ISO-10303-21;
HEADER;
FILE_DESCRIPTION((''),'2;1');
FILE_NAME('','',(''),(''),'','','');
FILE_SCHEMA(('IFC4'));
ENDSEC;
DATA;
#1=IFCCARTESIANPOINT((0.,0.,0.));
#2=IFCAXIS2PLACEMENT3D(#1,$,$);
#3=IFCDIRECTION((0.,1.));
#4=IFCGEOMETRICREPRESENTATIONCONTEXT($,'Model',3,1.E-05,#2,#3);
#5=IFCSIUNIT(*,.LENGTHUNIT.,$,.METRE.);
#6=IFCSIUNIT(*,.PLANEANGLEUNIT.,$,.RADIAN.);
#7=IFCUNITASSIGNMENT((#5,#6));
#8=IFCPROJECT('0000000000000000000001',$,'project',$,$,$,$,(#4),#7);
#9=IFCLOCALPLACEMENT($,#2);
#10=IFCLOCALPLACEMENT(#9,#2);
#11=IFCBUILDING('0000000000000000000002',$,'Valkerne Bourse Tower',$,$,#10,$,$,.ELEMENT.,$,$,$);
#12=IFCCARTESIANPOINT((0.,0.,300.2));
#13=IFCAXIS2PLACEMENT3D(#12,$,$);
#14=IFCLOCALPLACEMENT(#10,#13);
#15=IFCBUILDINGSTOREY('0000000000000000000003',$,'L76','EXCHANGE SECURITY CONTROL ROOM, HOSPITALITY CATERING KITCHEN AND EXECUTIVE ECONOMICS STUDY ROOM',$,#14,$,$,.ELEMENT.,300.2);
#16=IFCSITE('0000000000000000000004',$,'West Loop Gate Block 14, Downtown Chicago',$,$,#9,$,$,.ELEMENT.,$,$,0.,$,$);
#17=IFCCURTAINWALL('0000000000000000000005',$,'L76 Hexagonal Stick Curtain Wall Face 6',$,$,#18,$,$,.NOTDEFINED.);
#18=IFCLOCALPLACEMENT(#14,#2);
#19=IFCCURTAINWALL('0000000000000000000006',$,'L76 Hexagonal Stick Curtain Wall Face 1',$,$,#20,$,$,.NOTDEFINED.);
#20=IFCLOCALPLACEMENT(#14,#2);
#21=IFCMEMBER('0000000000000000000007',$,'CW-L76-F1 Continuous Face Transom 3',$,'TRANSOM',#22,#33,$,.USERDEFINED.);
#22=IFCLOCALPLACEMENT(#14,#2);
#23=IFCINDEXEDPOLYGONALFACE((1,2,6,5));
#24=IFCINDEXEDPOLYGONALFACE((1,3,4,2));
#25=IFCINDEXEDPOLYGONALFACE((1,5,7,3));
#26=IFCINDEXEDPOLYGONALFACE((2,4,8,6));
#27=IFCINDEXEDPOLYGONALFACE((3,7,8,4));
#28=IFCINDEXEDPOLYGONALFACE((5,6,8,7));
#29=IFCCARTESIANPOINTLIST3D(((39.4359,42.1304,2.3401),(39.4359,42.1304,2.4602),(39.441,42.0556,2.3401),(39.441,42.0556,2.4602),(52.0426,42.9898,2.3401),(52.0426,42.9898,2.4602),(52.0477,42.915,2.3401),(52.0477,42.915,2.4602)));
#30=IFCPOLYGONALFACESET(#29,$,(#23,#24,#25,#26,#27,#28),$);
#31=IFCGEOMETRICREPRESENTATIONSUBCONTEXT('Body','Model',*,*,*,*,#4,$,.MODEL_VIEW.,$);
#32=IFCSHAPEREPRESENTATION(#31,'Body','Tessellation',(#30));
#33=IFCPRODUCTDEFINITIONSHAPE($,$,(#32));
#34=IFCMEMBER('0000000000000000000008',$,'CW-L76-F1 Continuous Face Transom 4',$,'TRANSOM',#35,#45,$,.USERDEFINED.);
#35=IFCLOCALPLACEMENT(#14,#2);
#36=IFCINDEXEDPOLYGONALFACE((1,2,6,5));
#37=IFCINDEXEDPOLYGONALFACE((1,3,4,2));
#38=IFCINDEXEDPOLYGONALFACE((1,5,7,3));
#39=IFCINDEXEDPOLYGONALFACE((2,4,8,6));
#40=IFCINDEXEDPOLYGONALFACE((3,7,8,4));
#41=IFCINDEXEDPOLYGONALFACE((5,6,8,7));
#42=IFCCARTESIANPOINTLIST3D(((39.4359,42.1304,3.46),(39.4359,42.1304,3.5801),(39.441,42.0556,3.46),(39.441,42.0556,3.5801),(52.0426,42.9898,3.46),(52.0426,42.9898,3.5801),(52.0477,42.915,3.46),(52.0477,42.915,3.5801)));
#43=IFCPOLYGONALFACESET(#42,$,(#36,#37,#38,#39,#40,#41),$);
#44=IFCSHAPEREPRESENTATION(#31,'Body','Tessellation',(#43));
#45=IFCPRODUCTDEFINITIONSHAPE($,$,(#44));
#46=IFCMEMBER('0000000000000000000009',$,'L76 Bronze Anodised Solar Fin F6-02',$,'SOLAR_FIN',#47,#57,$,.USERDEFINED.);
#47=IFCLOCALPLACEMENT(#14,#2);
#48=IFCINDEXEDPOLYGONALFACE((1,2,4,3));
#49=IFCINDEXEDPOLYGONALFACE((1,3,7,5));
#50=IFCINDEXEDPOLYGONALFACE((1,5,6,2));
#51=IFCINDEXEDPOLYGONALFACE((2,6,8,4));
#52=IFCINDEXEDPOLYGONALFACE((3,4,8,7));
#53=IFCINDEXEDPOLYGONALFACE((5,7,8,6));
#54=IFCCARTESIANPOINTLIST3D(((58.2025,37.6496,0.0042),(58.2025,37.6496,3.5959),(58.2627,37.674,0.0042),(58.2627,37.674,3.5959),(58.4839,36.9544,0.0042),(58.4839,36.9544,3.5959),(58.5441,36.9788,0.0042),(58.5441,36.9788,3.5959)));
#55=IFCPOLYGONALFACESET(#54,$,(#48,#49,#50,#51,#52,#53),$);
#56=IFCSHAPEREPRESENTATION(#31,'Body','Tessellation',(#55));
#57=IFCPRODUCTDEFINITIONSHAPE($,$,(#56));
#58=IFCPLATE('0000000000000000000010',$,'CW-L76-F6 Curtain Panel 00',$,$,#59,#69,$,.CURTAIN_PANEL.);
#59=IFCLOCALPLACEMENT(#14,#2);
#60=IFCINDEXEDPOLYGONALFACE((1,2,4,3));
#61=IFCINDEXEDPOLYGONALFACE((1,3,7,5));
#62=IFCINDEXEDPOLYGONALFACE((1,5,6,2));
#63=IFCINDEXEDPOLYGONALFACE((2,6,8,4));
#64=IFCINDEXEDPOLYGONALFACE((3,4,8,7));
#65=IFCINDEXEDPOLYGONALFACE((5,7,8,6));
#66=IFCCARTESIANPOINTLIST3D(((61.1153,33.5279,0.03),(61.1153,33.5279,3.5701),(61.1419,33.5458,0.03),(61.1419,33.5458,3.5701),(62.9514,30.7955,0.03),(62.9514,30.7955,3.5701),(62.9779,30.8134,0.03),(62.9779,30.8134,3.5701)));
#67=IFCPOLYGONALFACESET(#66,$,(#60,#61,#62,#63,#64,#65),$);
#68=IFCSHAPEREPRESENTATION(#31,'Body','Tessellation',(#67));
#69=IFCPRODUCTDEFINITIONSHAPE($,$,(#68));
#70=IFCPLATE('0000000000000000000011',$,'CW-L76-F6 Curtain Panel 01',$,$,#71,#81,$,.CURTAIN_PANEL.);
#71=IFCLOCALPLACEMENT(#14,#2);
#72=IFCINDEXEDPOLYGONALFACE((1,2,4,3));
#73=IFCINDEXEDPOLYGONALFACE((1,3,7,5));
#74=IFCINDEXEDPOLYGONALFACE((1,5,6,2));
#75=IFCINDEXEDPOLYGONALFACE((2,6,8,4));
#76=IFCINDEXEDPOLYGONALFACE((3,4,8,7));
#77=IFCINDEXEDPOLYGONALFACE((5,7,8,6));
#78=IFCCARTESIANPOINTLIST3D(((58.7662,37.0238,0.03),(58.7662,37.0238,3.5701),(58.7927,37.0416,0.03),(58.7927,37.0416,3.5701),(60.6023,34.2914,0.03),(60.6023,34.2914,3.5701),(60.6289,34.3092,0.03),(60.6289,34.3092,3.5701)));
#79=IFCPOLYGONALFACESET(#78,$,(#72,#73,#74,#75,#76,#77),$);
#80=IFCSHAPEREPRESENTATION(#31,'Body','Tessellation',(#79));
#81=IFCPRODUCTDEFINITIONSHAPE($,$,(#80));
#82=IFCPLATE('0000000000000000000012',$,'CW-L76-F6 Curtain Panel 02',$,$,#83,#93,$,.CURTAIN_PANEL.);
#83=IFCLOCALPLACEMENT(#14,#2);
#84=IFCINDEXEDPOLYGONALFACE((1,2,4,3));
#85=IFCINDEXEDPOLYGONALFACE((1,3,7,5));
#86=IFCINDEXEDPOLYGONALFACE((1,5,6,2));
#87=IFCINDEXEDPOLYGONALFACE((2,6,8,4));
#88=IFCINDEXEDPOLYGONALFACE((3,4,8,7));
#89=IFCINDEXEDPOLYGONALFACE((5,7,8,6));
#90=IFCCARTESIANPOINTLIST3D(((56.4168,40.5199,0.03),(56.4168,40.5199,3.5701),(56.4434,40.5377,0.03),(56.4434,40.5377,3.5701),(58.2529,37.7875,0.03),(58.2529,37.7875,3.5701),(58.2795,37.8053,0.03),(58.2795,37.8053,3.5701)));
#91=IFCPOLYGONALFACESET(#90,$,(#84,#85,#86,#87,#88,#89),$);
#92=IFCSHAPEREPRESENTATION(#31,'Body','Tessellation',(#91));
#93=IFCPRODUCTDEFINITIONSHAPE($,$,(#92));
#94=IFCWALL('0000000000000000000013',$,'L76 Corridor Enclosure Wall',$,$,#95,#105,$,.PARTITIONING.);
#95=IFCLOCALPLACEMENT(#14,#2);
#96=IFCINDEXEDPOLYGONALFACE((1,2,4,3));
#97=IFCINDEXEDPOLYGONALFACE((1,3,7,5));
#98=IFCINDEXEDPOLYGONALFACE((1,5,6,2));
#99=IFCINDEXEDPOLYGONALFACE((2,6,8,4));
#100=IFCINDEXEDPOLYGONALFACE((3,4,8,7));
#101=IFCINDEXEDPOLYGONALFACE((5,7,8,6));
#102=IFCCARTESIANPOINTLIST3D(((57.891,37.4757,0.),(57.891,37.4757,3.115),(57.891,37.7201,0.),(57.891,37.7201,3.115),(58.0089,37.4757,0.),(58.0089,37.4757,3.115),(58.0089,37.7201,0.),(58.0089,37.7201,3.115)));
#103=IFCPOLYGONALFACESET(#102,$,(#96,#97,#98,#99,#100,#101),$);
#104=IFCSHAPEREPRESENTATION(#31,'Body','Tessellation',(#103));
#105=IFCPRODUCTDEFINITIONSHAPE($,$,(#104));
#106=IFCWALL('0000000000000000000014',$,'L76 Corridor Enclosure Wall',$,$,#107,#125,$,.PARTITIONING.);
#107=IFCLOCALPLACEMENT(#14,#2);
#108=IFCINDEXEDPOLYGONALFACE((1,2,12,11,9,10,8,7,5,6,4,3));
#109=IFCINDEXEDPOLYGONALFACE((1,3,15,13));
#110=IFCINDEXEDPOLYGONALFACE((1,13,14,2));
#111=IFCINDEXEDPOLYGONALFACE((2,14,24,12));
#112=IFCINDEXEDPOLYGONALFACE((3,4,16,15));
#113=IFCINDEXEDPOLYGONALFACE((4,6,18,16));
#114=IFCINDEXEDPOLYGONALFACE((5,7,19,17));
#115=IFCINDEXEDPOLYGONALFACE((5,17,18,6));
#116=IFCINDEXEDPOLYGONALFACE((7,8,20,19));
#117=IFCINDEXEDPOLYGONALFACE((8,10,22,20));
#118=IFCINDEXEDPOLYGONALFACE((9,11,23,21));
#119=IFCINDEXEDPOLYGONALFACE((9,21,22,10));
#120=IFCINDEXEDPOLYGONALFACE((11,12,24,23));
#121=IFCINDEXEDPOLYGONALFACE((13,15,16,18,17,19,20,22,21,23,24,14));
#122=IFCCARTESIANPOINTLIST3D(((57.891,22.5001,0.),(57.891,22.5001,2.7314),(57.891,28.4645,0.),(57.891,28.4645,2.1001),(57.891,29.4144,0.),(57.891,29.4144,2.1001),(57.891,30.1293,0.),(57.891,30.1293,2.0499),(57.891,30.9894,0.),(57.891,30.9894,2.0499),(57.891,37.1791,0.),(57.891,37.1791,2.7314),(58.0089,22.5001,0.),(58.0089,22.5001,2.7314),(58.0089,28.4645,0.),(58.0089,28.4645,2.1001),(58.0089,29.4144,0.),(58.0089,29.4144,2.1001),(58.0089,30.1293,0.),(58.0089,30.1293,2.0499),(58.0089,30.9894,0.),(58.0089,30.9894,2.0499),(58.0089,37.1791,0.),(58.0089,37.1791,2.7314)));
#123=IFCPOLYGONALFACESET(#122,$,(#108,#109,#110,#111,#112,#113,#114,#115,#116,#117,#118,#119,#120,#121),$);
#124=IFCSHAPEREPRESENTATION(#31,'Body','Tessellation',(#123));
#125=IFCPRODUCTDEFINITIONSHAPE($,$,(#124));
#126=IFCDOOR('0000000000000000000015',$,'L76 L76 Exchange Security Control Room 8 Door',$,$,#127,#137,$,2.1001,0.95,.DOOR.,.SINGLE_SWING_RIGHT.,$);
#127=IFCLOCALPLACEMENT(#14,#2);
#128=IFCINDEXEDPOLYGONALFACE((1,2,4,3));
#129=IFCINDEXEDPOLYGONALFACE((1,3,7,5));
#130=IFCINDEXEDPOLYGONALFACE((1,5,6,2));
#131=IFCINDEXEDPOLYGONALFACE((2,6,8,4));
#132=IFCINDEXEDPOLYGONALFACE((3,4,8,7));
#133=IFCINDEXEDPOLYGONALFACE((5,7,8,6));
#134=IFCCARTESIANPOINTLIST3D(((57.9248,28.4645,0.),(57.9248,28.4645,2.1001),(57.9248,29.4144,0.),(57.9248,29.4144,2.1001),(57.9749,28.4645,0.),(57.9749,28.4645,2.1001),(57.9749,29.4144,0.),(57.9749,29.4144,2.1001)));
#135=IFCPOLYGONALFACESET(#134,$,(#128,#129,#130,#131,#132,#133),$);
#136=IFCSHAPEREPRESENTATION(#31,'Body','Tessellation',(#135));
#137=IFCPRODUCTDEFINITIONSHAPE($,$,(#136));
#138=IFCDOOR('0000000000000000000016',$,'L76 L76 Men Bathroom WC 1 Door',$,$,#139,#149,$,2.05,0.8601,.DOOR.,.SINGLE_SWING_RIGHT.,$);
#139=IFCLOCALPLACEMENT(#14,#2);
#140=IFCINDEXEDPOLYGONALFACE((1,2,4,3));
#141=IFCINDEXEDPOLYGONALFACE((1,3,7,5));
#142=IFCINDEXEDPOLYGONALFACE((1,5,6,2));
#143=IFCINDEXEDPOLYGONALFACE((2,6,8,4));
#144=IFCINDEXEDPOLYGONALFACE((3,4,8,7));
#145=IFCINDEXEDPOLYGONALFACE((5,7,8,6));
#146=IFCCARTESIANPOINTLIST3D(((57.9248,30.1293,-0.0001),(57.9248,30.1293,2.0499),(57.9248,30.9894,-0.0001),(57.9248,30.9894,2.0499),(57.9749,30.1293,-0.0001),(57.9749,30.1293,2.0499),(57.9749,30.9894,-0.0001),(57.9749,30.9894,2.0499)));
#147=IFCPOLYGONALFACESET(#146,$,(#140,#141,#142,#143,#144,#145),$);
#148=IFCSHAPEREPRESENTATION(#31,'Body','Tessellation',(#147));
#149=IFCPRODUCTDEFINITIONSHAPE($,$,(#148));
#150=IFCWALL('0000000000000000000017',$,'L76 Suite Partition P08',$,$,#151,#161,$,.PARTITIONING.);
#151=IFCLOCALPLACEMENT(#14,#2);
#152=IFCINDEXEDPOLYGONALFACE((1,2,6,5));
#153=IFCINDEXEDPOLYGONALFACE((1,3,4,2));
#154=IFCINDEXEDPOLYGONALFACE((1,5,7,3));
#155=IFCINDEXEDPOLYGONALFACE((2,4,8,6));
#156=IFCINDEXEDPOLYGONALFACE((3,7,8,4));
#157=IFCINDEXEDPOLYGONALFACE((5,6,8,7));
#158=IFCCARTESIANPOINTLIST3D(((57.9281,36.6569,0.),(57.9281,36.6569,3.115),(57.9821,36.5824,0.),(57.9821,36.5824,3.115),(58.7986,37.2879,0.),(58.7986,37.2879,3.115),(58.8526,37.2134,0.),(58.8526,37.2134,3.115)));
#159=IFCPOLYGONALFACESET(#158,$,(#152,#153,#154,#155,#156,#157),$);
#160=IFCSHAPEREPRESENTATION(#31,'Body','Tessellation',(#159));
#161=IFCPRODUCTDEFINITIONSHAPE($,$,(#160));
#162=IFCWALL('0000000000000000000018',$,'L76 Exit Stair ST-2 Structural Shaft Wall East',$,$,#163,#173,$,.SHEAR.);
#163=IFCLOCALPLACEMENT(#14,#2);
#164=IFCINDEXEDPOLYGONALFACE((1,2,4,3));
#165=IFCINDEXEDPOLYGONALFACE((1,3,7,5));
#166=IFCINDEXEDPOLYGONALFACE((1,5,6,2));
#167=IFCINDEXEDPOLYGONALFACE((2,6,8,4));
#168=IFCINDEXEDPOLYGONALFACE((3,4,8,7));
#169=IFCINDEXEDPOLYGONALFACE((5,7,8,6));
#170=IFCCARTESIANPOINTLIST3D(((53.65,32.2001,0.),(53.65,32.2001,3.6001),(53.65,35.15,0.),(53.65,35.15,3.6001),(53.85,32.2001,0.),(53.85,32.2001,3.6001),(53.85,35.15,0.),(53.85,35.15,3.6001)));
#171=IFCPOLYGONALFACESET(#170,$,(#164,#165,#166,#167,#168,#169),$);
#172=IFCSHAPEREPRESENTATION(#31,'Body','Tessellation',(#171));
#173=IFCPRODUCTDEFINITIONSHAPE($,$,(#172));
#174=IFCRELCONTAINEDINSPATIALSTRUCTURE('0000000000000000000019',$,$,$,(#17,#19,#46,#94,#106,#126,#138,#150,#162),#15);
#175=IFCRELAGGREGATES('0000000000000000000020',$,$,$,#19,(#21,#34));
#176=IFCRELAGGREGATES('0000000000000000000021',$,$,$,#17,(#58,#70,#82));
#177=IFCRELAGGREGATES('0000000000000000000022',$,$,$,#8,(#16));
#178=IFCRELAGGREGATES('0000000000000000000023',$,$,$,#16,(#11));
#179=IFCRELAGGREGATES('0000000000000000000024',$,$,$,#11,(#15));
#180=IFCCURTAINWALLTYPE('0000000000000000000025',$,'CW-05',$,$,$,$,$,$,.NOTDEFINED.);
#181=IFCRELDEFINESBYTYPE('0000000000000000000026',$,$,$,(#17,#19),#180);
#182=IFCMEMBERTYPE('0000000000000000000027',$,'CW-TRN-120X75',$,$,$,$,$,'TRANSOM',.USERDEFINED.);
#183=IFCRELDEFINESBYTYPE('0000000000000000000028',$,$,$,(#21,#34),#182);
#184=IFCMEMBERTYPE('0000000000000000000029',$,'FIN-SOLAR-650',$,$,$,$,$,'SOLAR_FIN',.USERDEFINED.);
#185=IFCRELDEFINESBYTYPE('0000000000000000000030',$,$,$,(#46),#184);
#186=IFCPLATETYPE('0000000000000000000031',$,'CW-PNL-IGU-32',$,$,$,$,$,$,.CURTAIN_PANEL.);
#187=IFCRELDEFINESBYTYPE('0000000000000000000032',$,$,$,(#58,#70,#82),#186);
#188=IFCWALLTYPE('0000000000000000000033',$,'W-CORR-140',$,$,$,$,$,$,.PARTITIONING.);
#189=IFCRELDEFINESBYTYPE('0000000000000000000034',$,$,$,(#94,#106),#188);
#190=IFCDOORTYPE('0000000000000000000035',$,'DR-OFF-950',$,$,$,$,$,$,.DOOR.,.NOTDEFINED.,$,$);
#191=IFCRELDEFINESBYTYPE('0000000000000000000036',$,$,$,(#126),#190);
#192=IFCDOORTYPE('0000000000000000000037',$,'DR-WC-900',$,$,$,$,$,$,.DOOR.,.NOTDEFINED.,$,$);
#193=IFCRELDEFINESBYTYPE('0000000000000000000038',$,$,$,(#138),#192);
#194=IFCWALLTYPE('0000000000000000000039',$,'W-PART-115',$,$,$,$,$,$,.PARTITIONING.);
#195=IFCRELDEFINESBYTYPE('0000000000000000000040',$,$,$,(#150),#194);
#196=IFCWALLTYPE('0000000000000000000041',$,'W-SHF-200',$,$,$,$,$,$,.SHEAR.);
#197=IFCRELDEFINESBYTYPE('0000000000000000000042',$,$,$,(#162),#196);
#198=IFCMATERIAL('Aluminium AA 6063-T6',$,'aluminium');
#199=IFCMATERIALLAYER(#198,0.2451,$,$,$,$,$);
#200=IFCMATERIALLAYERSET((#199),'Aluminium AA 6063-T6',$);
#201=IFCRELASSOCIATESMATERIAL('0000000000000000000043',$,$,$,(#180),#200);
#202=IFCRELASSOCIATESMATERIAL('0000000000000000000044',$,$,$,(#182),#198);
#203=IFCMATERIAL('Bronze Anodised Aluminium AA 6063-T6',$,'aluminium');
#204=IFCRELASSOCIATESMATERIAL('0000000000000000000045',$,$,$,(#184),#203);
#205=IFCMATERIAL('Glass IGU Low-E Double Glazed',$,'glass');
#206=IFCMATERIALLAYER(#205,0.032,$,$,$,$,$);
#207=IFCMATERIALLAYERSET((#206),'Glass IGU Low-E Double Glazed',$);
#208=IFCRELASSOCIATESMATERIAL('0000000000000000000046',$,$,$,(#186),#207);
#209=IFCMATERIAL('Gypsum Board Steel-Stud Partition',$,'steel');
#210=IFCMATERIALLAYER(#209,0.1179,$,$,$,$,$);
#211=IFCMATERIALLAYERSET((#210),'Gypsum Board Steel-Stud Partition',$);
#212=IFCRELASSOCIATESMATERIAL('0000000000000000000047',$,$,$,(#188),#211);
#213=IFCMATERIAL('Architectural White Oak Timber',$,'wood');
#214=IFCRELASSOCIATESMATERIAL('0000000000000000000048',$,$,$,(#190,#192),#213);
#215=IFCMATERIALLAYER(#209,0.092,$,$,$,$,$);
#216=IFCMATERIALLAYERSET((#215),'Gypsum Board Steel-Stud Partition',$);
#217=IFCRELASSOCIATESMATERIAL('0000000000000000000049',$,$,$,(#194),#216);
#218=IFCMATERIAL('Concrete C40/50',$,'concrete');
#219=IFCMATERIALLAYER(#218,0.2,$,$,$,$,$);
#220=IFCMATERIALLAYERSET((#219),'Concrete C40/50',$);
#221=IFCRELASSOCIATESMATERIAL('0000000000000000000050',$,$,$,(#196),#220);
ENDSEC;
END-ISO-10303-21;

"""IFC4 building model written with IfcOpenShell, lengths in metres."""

from ifc_helpers import new_model, si_unit, direction, frame, frame_2d, origin, origin_2d, place, context, subcontext, project, spatial, rectangle, extrude, material, layer, layer_set, material_profile, profile_set, type_object, element, fill, aggregate, save


model = new_model("IFC4")

# Units and contexts
model_context = context("Model", 3, precision=1e-05, world=origin(), true_north=direction((0.0, 1.0)))
body_context = subcontext(model_context, "Body", "Model", "MODEL_VIEW")
ifc_project = project(units=[si_unit("LENGTHUNIT", "METRE"), si_unit("PLANEANGLEUNIT", "RADIAN")], contexts=[model_context])

# Site, building, storey
site_placement = place(None, origin())
site = spatial("IfcSite", under=ifc_project, at=site_placement, Name="West Loop Gate Block 14, Downtown Chicago", CompositionType="ELEMENT", RefElevation=0.0)
building_placement = place(site_placement, origin())
building = spatial("IfcBuilding", under=site, at=building_placement, Name="Valkerne Bourse Tower", CompositionType="ELEMENT")
storey_placement = place(building_placement, frame((0.0, 0.0, 300.2)))
storey = spatial("IfcBuildingStorey", under=building, at=storey_placement, Name="L76", Description="EXCHANGE SECURITY CONTROL ROOM, HOSPITALITY CATERING KITCHEN AND EXECUTIVE ECONOMICS STUDY ROOM", CompositionType="ELEMENT", Elevation=300.2)

# Curtain walls, members
ifc_material_1 = material(Name="Aluminium AA 6063-T6", Category="aluminium")
ifc_layer_1 = layer(ifc_material_1, 0.2451)
ifc_layer_set_1 = layer_set([ifc_layer_1], Name="Aluminium AA 6063-T6")
curtain_wall_type = type_object("IfcCurtainWallType", Name="CW-05", PredefinedType="NOTDEFINED", material=ifc_layer_set_1)
curtain_wall_1_placement = place(storey_placement, origin())
curtain_wall_1 = element("IfcCurtainWall", 1, at=curtain_wall_1_placement, inside=storey, type_object=curtain_wall_type, Name="L76 Hexagonal Stick Curtain Wall Face 6", PredefinedType="NOTDEFINED")
curtain_wall_2_placement = place(storey_placement, origin())
curtain_wall_2 = element("IfcCurtainWall", 2, at=curtain_wall_2_placement, inside=storey, type_object=curtain_wall_type, Name="L76 Hexagonal Stick Curtain Wall Face 1", PredefinedType="NOTDEFINED")
ifc_material_profile_1 = material_profile(ifc_material_1, rectangle(XDim=0.075, YDim=0.1201, at=origin_2d()), Name="CWT-75X120")
ifc_profile_set_1 = profile_set([ifc_material_profile_1], Name="Aluminium AA 6063-T6")
member_type_1 = type_object("IfcMemberType", Name="CW-TRN-120X75", ElementType="TRANSOM", PredefinedType="USERDEFINED", material=ifc_profile_set_1)
member_1_placement = place(storey_placement, frame((52.0452, 42.9524, 2.4001), z_axis=(-0.997685, -0.06801, 0.0), x_axis=(0.06801, -0.997685, 0.0)))
member_1 = element("IfcMember", 3, at=member_1_placement, type_object=member_type_1, Name="CW-L76-F1 Continuous Face Transom 3", ObjectType="TRANSOM", PredefinedType="USERDEFINED", context=body_context, shape_type="SweptSolid", body=[
    extrude(rectangle(XDim=0.075, YDim=0.1201, at=origin_2d()), origin(), (0.0, 0.0, 1.0), 12.636),
])
member_2_placement = place(storey_placement, frame((52.0452, 42.9524, 3.52), z_axis=(-0.997685, -0.06801, 0.0), x_axis=(0.06801, -0.997685, 0.0)))
member_2 = element("IfcMember", 4, at=member_2_placement, type_object=member_type_1, Name="CW-L76-F1 Continuous Face Transom 4", ObjectType="TRANSOM", PredefinedType="USERDEFINED", context=body_context, shape_type="SweptSolid", body=[
    extrude(rectangle(XDim=0.075, YDim=0.1201, at=origin_2d()), origin(), (0.0, 0.0, 1.0), 12.636),
])
aggregate(curtain_wall_2, [member_1, member_2])

# Member
ifc_material_2 = material(Name="Bronze Anodised Aluminium AA 6063-T6", Category="aluminium")
ifc_material_profile_2 = material_profile(ifc_material_2, rectangle(XDim=0.0649, YDim=0.75, at=origin_2d()), Name="FIN-65X750")
ifc_profile_set_2 = profile_set([ifc_material_profile_2], Name="Bronze Anodised Aluminium AA 6063-T6")
member_type_2 = type_object("IfcMemberType", Name="FIN-SOLAR-650", ElementType="SOLAR_FIN", PredefinedType="USERDEFINED", material=ifc_profile_set_2)
member_3_placement = place(storey_placement, frame((58.3733, 37.3142, 0.0042), z_axis=(0.0, 0.0, 1.0), x_axis=(0.926921, 0.375256, 0.0)))
element("IfcMember", 5, at=member_3_placement, inside=storey, type_object=member_type_2, Name="L76 Bronze Anodised Solar Fin F6-02", ObjectType="SOLAR_FIN", PredefinedType="USERDEFINED", context=body_context, shape_type="SweptSolid", body=[
    extrude(rectangle(XDim=0.0649, YDim=0.75, at=origin_2d()), origin(), (0.0, 0.0, 1.0), 3.5918),
])

# Plates
ifc_material_3 = material(Name="Glass IGU Low-E Double Glazed", Category="glass")
ifc_layer_2 = layer(ifc_material_3, 0.032)
ifc_layer_set_2 = layer_set([ifc_layer_2], Name="Glass IGU Low-E Double Glazed")
plate_type = type_object("IfcPlateType", Name="CW-PNL-IGU-32", PredefinedType="CURTAIN_PANEL", material=ifc_layer_set_2)
plate_1_placement = place(storey_placement, frame((62.0466, 32.1707, 0.03), z_axis=(0.0, 0.0, 1.0), x_axis=(-0.557743, 0.830014, 0.0)))
plate_1 = element("IfcPlate", 6, at=plate_1_placement, type_object=plate_type, Name="CW-L76-F6 Curtain Panel 00", PredefinedType="CURTAIN_PANEL", context=body_context, shape_type="SweptSolid", body=[
    extrude(rectangle(XDim=3.292, YDim=0.032, at=origin_2d()), origin(), (0.0, 0.0, 1.0), 3.54),
])
plate_2_placement = place(storey_placement, frame((59.6975, 35.6665, 0.03), z_axis=(0.0, 0.0, 1.0), x_axis=(-0.557759, 0.830003, 0.0)))
plate_2 = element("IfcPlate", 7, at=plate_2_placement, type_object=plate_type, Name="CW-L76-F6 Curtain Panel 01", PredefinedType="CURTAIN_PANEL", context=body_context, shape_type="SweptSolid", body=[
    extrude(rectangle(XDim=3.292, YDim=0.032, at=origin_2d()), origin(), (0.0, 0.0, 1.0), 3.54),
])
plate_3_placement = place(storey_placement, frame((57.3481, 39.1626, 0.03), z_axis=(0.0, 0.0, 1.0), x_axis=(-0.557743, 0.830014, 0.0)))
plate_3 = element("IfcPlate", 8, at=plate_3_placement, type_object=plate_type, Name="CW-L76-F6 Curtain Panel 02", PredefinedType="CURTAIN_PANEL", context=body_context, shape_type="SweptSolid", body=[
    extrude(rectangle(XDim=3.292, YDim=0.032, at=origin_2d()), origin(), (0.0, 0.0, 1.0), 3.54),
])
aggregate(curtain_wall_1, [plate_1, plate_2, plate_3])

# Wall
ifc_material_4 = material(Name="Gypsum Board Steel-Stud Partition", Category="steel")
ifc_layer_3 = layer(ifc_material_4, 0.1179)
ifc_layer_set_3 = layer_set([ifc_layer_3], Name="Gypsum Board Steel-Stud Partition")
wall_type_1 = type_object("IfcWallType", Name="W-CORR-140", PredefinedType="PARTITIONING", material=ifc_layer_set_3)
wall_1_placement = place(storey_placement, frame((57.95, 37.72, 0.0), z_axis=(0.0, 0.0, 1.0), x_axis=(0.0, -1.0, 0.0)))
element("IfcWall", 9, at=wall_1_placement, inside=storey, type_object=wall_type_1, Name="L76 Corridor Enclosure Wall", PredefinedType="PARTITIONING", context=body_context, shape_type="SweptSolid", body=[
    extrude(rectangle(XDim=0.2444, YDim=0.1179, at=frame_2d((0.1221, 0.0))), origin(), (0.0, 0.0, 1.0), 3.115),
])

# Wall, openings, doors
wall_2_placement = place(storey_placement, frame((57.95, 37.179, 0.0), z_axis=(0.0, 0.0, 1.0), x_axis=(0.0, -1.0, 0.0)))
wall_2 = element("IfcWall", 10, at=wall_2_placement, inside=storey, type_object=wall_type_1, Name="L76 Corridor Enclosure Wall", PredefinedType="PARTITIONING", context=body_context, shape_type="SweptSolid", body=[
    extrude(rectangle(XDim=14.679, YDim=0.1179, at=frame_2d((7.3394, 0.0))), origin(), (0.0, 0.0, 1.0), 2.7314),
])
opening_1_placement = place(wall_2_placement, frame((6.1895, 0.0, 0.0)))
opening_1 = element("IfcOpeningElement", 11, at=opening_1_placement, cuts=wall_2, PredefinedType="OPENING", context=body_context, shape_type="SweptSolid", body=[
    extrude(rectangle(XDim=0.8601, YDim=2.05, at=frame_2d((0.4302, 1.0249))), frame((0.0, 0.0688, 0.0), z_axis=(0.0, -1.0, 0.0), x_axis=(1.0, 0.0, 0.0)), (0.0, 0.0, 1.0), 0.1379),
])
opening_2_placement = place(wall_2_placement, frame((7.7644, 0.0, 0.0)))
opening_2 = element("IfcOpeningElement", 12, at=opening_2_placement, cuts=wall_2, PredefinedType="OPENING", context=body_context, shape_type="SweptSolid", body=[
    extrude(rectangle(XDim=0.95, YDim=2.1001, at=frame_2d((0.4751, 1.05))), frame((0.0, 0.0688, 0.0), z_axis=(0.0, -1.0, 0.0), x_axis=(1.0, 0.0, 0.0)), (0.0, 0.0, 1.0), 0.1379),
])
ifc_material_5 = material(Name="Architectural White Oak Timber", Category="wood")
door_type_1 = type_object("IfcDoorType", Name="DR-OFF-950", OperationType="NOTDEFINED", PredefinedType="DOOR", material=ifc_material_5)
door_1_placement = place(opening_2_placement, origin())
door_1 = element("IfcDoor", 13, at=door_1_placement, inside=storey, type_object=door_type_1, Name="L76 L76 Exchange Security Control Room 8 Door", OperationType="SINGLE_SWING_RIGHT", OverallHeight=2.1001, OverallWidth=0.95, PredefinedType="DOOR", context=body_context, shape_type="SweptSolid", body=[
    extrude(rectangle(XDim=0.95, YDim=2.1001, at=frame_2d((0.4751, 1.05))), frame((0.0, 0.0249, 0.0), z_axis=(0.0, -1.0, 0.0), x_axis=(1.0, 0.0, 0.0)), (0.0, 0.0, 1.0), 0.05),
])
fill(opening_2, door_1)
door_type_2 = type_object("IfcDoorType", Name="DR-WC-900", OperationType="NOTDEFINED", PredefinedType="DOOR", material=ifc_material_5)
door_2_placement = place(opening_1_placement, origin())
door_2 = element("IfcDoor", 14, at=door_2_placement, inside=storey, type_object=door_type_2, Name="L76 L76 Men Bathroom WC 1 Door", OperationType="SINGLE_SWING_RIGHT", OverallHeight=2.05, OverallWidth=0.8601, PredefinedType="DOOR", context=body_context, shape_type="SweptSolid", body=[
    extrude(rectangle(XDim=0.8601, YDim=2.05, at=frame_2d((0.4302, 1.0249))), frame((0.0, 0.0249, 0.0), z_axis=(0.0, -1.0, 0.0), x_axis=(1.0, 0.0, 0.0)), (0.0, 0.0, 1.0), 0.05),
])
fill(opening_1, door_2)

# Walls
ifc_layer_4 = layer(ifc_material_4, 0.092)
ifc_layer_set_4 = layer_set([ifc_layer_4], Name="Gypsum Board Steel-Stud Partition")
wall_type_2 = type_object("IfcWallType", Name="W-PART-115", PredefinedType="PARTITIONING", material=ifc_layer_set_4)
wall_3_placement = place(storey_placement, frame((57.9551, 36.6196, 0.0), z_axis=(0.0, 0.0, 1.0), x_axis=(0.809648, 0.586915, 0.0)))
element("IfcWall", 15, at=wall_3_placement, inside=storey, type_object=wall_type_2, Name="L76 Suite Partition P08", PredefinedType="PARTITIONING", context=body_context, shape_type="SweptSolid", body=[
    extrude(rectangle(XDim=1.0752, YDim=0.092, at=frame_2d((0.5376, 0.0))), origin(), (0.0, 0.0, 1.0), 3.115),
])
ifc_material_6 = material(Name="Concrete C40/50", Category="concrete")
ifc_layer_5 = layer(ifc_material_6, 0.2)
ifc_layer_set_5 = layer_set([ifc_layer_5], Name="Concrete C40/50")
wall_type_3 = type_object("IfcWallType", Name="W-SHF-200", PredefinedType="SHEAR", material=ifc_layer_set_5)
wall_4_placement = place(storey_placement, frame((53.75, 32.2, 0.0), z_axis=(0.0, 0.0, 1.0), x_axis=(0.0, 1.0, 0.0)))
element("IfcWall", 16, at=wall_4_placement, inside=storey, type_object=wall_type_3, Name="L76 Exit Stair ST-2 Structural Shaft Wall East", PredefinedType="SHEAR", context=body_context, shape_type="SweptSolid", body=[
    extrude(rectangle(XDim=2.95, YDim=0.2, at=frame_2d((1.4751, 0.0))), origin(), (0.0, 0.0, 1.0), 3.6001),
])

save(model, "model.ifc")
